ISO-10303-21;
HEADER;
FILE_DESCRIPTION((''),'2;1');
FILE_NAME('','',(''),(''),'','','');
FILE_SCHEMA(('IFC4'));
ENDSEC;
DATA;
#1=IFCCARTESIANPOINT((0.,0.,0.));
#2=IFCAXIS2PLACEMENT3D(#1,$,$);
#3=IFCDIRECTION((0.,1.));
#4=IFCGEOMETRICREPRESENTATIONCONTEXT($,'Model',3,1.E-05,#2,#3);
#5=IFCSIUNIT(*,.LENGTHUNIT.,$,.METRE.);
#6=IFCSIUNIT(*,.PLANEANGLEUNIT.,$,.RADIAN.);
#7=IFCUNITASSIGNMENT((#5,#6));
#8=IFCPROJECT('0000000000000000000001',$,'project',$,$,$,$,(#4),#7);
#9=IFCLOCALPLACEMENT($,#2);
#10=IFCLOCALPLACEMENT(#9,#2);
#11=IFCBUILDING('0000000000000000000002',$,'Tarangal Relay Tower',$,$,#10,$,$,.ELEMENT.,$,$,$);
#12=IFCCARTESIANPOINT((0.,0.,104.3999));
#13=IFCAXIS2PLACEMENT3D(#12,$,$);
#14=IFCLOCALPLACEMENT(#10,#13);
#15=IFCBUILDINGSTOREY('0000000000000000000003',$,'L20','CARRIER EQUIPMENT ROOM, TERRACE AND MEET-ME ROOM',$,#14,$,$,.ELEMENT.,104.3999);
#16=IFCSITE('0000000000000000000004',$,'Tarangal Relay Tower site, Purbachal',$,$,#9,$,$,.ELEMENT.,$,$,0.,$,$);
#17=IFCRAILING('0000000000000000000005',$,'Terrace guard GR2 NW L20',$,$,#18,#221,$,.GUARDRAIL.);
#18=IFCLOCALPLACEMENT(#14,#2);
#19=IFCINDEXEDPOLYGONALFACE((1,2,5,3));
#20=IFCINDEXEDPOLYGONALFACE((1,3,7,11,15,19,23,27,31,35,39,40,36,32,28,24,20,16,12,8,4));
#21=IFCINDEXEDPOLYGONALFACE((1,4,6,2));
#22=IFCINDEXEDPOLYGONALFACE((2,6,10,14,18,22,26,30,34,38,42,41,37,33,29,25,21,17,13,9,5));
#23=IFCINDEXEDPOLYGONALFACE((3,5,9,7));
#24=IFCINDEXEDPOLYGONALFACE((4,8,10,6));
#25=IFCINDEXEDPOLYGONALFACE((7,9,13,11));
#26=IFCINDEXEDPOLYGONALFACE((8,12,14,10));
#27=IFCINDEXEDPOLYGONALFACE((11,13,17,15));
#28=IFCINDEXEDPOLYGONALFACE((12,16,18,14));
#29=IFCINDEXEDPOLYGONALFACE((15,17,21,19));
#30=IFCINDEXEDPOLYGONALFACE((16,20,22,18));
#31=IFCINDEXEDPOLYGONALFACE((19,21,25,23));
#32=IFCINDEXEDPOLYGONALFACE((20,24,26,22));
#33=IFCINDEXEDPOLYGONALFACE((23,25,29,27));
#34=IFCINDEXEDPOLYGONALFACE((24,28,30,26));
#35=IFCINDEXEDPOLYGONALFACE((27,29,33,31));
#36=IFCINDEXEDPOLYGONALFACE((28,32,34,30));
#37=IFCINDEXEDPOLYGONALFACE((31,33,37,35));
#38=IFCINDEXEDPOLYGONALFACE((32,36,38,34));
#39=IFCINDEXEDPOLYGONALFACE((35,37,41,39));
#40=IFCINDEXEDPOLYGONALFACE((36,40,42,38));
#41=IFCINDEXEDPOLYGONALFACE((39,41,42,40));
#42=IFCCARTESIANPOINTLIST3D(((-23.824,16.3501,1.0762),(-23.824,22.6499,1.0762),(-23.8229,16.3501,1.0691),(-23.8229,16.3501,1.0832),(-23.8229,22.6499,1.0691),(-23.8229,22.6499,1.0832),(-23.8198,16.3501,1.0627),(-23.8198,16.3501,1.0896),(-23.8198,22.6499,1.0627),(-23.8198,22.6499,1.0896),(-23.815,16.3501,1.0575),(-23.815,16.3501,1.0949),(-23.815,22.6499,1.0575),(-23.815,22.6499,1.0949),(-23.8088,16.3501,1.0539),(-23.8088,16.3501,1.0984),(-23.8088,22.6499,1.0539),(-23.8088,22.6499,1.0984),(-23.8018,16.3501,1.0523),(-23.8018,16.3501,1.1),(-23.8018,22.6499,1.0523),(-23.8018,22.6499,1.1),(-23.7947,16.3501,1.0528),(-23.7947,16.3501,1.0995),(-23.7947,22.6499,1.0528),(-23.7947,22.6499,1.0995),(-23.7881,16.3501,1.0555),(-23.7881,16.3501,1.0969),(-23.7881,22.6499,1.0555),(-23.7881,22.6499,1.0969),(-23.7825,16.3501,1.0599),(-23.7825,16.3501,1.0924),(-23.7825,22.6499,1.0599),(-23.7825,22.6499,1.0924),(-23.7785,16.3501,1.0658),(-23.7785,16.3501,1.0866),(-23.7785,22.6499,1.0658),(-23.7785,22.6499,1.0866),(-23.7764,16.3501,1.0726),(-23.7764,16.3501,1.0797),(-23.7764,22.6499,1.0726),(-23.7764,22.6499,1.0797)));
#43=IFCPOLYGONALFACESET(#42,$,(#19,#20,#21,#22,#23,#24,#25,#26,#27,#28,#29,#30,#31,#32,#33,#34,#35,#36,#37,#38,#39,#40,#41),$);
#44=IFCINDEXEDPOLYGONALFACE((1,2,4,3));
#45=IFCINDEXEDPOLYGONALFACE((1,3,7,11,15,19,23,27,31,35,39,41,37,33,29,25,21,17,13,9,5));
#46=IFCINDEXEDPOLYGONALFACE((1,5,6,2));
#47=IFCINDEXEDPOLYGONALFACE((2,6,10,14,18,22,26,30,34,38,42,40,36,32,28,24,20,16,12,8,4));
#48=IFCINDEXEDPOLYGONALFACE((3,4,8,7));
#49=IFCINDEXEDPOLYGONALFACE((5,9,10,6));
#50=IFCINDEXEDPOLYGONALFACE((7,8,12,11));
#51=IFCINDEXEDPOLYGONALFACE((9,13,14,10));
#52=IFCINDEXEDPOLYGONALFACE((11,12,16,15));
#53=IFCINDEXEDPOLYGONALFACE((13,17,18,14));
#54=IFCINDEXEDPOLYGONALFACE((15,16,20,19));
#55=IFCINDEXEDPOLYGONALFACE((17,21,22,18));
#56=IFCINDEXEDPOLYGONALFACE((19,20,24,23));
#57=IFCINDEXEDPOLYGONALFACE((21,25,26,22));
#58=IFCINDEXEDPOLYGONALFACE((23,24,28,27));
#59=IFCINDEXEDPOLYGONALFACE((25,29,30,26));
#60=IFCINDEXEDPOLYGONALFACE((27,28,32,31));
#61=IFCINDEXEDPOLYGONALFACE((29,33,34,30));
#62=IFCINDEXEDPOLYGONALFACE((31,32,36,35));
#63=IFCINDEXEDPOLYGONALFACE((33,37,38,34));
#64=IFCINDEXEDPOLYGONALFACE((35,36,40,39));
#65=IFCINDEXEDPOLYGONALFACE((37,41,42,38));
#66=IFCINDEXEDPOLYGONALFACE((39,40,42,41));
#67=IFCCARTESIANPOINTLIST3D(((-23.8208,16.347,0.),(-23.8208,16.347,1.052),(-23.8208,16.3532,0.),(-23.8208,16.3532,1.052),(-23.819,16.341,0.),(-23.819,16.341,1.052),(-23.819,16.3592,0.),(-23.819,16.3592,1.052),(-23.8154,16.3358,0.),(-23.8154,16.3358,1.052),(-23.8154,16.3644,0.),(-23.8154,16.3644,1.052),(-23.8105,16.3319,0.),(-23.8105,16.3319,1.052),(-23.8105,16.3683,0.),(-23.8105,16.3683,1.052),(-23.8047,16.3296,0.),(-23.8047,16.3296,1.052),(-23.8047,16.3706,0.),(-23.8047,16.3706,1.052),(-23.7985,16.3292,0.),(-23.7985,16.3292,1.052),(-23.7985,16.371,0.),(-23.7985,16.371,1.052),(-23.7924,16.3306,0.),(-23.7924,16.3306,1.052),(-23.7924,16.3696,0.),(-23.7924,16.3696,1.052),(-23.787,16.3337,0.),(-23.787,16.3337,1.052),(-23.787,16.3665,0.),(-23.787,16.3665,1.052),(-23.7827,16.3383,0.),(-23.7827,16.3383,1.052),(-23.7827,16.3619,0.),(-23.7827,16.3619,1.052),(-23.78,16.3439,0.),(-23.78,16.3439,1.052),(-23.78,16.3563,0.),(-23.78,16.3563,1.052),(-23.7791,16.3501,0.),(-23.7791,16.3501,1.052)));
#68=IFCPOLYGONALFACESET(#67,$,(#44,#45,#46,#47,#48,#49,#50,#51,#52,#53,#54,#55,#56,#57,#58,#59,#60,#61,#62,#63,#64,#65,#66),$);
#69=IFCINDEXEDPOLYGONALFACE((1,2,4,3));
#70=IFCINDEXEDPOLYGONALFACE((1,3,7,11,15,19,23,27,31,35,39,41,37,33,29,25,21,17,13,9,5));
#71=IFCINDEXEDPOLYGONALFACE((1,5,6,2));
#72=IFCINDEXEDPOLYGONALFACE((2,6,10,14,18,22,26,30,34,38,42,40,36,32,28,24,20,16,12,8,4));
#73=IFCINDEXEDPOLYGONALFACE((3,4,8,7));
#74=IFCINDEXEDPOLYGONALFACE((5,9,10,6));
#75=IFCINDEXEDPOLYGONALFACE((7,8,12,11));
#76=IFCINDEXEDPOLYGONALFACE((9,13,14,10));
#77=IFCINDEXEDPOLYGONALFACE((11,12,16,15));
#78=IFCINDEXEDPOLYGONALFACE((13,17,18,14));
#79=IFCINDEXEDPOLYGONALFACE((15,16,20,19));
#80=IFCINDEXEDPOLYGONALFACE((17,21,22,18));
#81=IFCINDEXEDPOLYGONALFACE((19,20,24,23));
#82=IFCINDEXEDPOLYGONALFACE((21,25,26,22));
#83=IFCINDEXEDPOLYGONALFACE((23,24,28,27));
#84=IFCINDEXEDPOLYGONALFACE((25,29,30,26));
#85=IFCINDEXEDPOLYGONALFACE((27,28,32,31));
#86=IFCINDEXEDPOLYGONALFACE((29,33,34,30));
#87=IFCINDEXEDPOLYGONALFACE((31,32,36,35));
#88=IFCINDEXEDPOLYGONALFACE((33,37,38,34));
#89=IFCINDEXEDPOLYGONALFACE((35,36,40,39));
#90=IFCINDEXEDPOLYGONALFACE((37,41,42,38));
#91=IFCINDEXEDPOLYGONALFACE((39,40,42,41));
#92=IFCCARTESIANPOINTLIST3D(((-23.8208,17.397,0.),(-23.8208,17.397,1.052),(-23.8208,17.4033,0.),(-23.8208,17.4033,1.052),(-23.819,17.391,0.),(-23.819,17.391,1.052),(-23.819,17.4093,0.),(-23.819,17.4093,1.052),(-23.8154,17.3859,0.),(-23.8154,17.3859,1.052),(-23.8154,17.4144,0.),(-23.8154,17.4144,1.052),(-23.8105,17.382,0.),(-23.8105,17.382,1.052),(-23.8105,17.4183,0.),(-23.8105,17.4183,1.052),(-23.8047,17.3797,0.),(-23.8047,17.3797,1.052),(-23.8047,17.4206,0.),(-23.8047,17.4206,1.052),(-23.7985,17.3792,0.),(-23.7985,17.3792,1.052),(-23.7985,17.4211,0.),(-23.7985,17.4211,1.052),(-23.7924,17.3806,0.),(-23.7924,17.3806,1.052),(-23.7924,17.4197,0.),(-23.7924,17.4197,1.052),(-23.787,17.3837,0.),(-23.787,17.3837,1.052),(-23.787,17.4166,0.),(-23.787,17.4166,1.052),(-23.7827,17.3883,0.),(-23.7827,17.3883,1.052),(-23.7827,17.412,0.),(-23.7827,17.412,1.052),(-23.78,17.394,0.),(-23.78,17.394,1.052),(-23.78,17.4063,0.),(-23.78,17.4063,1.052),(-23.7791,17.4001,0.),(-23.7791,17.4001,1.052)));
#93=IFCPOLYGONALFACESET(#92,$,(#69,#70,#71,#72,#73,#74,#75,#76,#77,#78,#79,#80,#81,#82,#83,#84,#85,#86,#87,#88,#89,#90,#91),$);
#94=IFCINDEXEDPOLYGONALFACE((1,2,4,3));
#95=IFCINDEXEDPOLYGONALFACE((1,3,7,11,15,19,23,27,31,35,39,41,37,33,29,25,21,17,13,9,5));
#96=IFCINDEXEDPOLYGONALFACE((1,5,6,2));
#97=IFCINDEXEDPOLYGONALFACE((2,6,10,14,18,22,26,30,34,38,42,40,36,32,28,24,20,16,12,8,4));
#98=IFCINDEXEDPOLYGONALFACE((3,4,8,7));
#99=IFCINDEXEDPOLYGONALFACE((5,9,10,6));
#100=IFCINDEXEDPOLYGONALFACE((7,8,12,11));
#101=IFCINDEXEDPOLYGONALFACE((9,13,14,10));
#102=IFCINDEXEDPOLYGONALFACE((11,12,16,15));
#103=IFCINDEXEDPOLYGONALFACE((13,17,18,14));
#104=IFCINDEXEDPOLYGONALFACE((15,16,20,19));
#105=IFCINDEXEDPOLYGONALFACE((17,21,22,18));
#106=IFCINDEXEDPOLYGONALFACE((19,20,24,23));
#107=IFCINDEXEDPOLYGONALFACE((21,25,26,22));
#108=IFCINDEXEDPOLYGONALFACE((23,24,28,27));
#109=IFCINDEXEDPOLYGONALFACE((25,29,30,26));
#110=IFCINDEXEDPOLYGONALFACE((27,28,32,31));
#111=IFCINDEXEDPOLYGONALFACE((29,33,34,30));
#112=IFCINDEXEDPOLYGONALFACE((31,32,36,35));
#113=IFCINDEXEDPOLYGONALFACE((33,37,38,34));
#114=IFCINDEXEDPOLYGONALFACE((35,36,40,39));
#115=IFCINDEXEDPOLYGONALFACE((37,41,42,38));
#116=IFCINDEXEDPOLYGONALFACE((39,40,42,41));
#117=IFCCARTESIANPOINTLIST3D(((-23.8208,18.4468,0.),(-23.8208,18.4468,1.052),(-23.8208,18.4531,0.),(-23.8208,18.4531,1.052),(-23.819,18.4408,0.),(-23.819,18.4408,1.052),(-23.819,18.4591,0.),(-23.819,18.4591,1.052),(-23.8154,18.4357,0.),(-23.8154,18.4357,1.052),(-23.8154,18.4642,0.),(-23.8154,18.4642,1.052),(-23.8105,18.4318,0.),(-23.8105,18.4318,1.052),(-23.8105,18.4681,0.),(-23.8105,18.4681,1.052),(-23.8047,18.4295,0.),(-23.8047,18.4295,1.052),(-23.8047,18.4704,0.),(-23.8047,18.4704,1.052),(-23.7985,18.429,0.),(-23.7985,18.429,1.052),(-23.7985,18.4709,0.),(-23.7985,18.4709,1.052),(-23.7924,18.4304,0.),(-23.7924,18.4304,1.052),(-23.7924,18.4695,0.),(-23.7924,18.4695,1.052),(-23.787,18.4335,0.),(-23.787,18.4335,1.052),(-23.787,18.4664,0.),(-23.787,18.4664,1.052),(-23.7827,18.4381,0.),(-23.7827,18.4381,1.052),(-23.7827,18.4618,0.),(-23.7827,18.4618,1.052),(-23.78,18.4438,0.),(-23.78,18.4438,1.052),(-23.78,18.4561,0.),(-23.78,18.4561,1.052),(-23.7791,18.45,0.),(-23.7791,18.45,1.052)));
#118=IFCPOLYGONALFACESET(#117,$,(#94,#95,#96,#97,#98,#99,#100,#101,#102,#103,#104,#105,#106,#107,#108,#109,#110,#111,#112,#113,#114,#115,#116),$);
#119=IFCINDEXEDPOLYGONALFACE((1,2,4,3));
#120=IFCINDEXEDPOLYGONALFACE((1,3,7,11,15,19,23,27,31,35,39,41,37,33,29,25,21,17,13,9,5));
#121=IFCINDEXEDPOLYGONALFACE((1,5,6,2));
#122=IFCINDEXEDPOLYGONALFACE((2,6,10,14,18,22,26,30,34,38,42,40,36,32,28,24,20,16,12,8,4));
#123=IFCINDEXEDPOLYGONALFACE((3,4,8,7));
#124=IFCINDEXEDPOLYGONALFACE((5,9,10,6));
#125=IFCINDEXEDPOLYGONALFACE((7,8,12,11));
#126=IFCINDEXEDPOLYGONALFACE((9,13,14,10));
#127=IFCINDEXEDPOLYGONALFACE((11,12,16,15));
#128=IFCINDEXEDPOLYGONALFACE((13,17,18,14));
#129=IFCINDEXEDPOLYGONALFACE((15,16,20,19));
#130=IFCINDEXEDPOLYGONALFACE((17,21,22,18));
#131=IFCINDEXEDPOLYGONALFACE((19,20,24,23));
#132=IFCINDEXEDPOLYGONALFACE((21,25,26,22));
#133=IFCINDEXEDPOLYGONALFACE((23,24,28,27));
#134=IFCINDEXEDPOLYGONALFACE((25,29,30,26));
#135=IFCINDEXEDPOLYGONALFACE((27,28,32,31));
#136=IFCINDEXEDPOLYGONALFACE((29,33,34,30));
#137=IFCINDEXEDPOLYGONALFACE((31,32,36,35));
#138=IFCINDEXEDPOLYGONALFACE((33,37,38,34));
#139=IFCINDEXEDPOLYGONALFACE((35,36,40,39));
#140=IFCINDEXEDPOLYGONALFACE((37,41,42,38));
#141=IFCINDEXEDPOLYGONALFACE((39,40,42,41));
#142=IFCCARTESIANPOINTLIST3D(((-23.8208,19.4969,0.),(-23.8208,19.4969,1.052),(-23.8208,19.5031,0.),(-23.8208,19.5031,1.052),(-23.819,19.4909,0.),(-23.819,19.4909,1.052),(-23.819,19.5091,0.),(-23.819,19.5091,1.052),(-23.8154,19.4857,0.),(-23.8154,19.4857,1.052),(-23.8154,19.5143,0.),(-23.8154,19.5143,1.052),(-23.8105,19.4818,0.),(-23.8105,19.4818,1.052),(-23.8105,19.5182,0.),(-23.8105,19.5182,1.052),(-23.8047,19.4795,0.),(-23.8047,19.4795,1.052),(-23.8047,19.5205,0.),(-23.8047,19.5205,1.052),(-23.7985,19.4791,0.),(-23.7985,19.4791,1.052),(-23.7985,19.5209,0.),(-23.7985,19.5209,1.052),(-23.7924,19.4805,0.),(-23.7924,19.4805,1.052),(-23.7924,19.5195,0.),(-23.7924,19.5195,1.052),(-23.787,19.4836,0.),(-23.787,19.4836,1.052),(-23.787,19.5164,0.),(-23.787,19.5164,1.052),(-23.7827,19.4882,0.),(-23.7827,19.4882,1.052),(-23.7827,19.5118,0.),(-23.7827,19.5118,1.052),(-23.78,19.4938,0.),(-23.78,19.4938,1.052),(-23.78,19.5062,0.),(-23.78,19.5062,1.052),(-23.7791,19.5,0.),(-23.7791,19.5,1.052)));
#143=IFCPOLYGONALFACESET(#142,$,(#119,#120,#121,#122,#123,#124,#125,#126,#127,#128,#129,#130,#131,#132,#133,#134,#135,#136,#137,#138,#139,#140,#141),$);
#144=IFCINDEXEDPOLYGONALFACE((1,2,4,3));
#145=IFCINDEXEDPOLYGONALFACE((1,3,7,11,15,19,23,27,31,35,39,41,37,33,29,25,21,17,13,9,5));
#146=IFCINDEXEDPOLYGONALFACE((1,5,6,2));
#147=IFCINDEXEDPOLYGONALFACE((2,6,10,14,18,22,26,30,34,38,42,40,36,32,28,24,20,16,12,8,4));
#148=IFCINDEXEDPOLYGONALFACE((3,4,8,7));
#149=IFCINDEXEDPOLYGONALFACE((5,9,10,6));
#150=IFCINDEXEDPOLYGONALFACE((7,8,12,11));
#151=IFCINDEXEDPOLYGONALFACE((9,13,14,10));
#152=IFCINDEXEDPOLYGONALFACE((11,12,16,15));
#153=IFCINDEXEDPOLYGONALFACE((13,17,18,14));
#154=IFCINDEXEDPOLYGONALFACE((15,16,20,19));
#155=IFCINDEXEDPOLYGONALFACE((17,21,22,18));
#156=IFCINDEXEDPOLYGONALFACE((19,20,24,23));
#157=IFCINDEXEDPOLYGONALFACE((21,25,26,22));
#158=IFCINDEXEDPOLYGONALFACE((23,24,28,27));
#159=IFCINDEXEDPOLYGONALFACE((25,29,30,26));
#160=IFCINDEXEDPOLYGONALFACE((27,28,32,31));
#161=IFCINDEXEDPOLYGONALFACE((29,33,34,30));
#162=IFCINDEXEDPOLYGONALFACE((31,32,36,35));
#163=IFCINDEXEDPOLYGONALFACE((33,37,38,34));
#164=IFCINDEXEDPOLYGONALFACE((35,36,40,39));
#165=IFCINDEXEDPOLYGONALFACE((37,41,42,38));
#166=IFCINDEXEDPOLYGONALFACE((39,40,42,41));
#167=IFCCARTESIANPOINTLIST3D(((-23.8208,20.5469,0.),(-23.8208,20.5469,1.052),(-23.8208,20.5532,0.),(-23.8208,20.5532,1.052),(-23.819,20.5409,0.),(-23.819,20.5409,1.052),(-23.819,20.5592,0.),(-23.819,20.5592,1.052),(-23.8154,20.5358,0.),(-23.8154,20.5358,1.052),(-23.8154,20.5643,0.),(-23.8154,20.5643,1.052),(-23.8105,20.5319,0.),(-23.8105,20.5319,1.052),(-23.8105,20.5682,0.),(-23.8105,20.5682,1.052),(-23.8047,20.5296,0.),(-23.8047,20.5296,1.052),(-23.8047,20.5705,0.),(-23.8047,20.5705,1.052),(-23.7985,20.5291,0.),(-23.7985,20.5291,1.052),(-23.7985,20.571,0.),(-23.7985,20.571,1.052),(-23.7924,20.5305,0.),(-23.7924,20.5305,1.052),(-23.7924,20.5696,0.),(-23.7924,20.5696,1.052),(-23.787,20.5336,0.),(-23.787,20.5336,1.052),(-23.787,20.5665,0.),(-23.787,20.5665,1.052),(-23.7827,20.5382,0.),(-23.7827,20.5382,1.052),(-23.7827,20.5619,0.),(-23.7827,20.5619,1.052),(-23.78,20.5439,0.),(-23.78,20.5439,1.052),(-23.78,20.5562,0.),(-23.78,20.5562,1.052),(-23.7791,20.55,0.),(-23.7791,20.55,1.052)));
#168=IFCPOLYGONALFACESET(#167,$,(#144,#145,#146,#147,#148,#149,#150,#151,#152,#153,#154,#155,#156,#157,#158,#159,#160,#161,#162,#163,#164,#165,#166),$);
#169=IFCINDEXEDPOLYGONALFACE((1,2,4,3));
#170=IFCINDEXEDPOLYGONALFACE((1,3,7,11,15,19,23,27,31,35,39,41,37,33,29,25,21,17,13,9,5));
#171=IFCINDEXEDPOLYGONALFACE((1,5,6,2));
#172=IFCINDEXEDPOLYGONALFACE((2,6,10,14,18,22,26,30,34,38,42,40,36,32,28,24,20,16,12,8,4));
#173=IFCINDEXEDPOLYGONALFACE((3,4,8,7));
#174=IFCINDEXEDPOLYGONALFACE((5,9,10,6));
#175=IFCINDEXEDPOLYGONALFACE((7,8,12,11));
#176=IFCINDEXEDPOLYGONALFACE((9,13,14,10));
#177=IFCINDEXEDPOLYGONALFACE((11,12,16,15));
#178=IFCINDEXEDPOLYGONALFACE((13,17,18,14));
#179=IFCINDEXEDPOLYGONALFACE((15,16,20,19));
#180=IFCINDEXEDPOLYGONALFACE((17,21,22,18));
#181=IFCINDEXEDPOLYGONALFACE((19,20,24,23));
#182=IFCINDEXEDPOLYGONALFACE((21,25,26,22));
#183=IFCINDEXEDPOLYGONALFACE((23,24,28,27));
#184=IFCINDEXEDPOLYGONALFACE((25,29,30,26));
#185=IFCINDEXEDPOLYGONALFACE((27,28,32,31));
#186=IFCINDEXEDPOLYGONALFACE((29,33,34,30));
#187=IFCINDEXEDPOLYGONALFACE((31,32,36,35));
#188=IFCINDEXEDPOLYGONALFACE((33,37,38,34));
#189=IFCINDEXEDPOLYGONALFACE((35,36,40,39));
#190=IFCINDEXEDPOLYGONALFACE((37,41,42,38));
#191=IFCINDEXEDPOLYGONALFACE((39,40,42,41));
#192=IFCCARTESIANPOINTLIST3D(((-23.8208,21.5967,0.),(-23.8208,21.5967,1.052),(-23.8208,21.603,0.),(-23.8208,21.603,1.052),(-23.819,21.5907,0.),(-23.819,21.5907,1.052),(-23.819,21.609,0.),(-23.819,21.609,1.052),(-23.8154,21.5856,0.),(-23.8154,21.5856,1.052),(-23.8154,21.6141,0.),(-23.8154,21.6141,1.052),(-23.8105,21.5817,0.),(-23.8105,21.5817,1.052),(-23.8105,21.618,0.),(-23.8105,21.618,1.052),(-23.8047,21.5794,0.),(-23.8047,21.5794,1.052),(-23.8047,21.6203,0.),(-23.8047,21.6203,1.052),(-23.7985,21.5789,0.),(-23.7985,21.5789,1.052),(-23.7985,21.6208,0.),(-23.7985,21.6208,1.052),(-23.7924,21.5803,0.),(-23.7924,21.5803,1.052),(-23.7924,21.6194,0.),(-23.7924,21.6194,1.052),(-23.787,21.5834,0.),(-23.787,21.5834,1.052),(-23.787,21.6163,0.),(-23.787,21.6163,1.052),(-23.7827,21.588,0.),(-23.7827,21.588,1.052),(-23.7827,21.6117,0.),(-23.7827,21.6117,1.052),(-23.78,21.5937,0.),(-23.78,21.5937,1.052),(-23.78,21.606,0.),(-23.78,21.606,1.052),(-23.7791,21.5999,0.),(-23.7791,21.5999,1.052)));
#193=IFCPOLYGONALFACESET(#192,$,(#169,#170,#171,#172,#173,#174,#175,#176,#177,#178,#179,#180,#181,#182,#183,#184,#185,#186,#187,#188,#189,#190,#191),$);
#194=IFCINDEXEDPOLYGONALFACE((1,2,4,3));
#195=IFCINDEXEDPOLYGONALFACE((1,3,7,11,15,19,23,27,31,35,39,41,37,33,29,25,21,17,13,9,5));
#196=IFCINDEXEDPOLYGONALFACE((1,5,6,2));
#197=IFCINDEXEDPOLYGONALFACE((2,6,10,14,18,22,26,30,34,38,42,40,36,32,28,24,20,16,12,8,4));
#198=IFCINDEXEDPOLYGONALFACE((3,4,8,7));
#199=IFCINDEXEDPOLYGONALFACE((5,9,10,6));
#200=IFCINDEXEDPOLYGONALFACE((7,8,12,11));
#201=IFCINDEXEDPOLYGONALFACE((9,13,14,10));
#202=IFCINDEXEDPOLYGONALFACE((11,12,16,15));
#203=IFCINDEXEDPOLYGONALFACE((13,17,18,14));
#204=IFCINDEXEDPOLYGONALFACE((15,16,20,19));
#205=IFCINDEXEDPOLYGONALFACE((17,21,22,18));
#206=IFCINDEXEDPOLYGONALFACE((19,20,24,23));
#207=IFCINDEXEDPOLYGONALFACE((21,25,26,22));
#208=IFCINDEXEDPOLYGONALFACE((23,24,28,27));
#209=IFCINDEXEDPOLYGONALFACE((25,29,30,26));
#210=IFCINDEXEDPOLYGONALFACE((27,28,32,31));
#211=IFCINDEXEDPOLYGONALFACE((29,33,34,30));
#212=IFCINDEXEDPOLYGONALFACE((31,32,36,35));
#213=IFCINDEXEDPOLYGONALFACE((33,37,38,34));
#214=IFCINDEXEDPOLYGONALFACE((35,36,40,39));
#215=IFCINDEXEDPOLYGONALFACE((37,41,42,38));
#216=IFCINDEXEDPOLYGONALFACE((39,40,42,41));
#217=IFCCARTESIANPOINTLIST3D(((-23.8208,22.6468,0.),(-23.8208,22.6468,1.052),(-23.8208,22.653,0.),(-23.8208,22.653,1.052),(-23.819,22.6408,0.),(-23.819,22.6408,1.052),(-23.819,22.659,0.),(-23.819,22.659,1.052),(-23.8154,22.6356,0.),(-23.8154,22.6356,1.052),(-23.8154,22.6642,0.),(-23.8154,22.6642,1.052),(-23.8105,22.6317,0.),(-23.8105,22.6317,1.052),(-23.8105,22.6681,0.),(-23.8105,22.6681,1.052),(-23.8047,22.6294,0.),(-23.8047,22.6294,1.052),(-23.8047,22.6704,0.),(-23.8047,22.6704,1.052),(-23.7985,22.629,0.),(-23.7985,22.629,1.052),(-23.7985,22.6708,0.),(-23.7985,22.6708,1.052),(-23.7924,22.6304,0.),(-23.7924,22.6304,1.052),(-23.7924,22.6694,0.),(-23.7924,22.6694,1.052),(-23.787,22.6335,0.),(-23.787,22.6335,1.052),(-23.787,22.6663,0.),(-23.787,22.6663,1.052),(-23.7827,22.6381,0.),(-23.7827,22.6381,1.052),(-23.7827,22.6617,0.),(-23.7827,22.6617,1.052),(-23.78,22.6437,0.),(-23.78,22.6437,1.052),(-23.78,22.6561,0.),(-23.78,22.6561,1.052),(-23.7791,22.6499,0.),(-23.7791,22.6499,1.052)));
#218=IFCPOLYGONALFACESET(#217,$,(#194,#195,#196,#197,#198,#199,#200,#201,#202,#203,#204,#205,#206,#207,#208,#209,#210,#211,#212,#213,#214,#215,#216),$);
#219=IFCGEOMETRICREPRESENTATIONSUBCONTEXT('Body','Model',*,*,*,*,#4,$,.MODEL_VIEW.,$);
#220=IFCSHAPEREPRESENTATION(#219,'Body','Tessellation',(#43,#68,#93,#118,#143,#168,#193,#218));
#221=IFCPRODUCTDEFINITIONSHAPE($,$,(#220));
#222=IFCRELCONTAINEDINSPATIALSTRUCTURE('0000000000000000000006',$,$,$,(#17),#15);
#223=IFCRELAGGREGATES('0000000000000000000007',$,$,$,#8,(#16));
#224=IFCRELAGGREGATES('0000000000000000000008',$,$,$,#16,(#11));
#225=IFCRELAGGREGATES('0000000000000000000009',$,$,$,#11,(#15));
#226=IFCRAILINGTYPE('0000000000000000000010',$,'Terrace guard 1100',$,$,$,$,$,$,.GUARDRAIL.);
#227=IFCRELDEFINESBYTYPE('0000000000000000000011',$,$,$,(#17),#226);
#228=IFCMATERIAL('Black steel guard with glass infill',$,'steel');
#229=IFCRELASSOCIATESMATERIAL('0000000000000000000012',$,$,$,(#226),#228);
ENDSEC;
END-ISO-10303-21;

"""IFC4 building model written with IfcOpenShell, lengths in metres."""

from ifc_helpers import new_model, si_unit, direction, frame, origin, origin_2d, place, context, subcontext, project, spatial, circle, extrude, material, type_object, element, save


model = new_model("IFC4")

# Units and contexts
model_context = context("Model", 3, precision=1e-05, world=origin(), true_north=direction((0.0, 1.0)))
body_context = subcontext(model_context, "Body", "Model", "MODEL_VIEW")
ifc_project = project(units=[si_unit("LENGTHUNIT", "METRE"), si_unit("PLANEANGLEUNIT", "RADIAN")], contexts=[model_context])

# Site, building, storey
site_placement = place(None, origin())
site = spatial("IfcSite", under=ifc_project, at=site_placement, Name="Tarangal Relay Tower site, Purbachal", CompositionType="ELEMENT", RefElevation=0.0)
building_placement = place(site_placement, origin())
building = spatial("IfcBuilding", under=site, at=building_placement, Name="Tarangal Relay Tower", CompositionType="ELEMENT")
storey_placement = place(building_placement, frame((0.0, 0.0, 104.3999)))
storey = spatial("IfcBuildingStorey", under=building, at=storey_placement, Name="L20", Description="CARRIER EQUIPMENT ROOM, TERRACE AND MEET-ME ROOM", CompositionType="ELEMENT", Elevation=104.3999)

# Railing
ifc_material_1 = material(Name="Black steel guard with glass infill", Category="steel")
railing_type = type_object("IfcRailingType", Name="Terrace guard 1100", PredefinedType="GUARDRAIL", material=ifc_material_1)
railing_1_placement = place(storey_placement, frame((-23.8, 16.3501, 0.0)))
element("IfcRailing", 1, at=railing_1_placement, inside=storey, type_object=railing_type, Name="Terrace guard GR2 NW L20", PredefinedType="GUARDRAIL", context=body_context, shape_type="SweptSolid", body=[
    extrude(circle(Radius=0.0239, at=origin_2d()), frame((0.0, 0.0, 1.0762), z_axis=(0.0, 1.0, 0.0), x_axis=(-1.0, 0.0, 0.0)), (0.0, 0.0, 1.0), 6.2998),
    extrude(circle(Radius=0.021, at=origin_2d()), origin(), (0.0, 0.0, 1.0), 1.052),
    extrude(circle(Radius=0.021, at=origin_2d()), frame((0.0, 1.05, 0.0)), (0.0, 0.0, 1.0), 1.052),
    extrude(circle(Radius=0.021, at=origin_2d()), frame((0.0, 2.0999, 0.0)), (0.0, 0.0, 1.0), 1.052),
    extrude(circle(Radius=0.021, at=origin_2d()), frame((0.0, 3.1499, 0.0)), (0.0, 0.0, 1.0), 1.052),
    extrude(circle(Radius=0.021, at=origin_2d()), frame((0.0, 4.2, 0.0)), (0.0, 0.0, 1.0), 1.052),
    extrude(circle(Radius=0.021, at=origin_2d()), frame((0.0, 5.2498, 0.0)), (0.0, 0.0, 1.0), 1.052),
    extrude(circle(Radius=0.021, at=origin_2d()), frame((0.0, 6.2998, 0.0)), (0.0, 0.0, 1.0), 1.052),
])

save(model, "model.ifc")
